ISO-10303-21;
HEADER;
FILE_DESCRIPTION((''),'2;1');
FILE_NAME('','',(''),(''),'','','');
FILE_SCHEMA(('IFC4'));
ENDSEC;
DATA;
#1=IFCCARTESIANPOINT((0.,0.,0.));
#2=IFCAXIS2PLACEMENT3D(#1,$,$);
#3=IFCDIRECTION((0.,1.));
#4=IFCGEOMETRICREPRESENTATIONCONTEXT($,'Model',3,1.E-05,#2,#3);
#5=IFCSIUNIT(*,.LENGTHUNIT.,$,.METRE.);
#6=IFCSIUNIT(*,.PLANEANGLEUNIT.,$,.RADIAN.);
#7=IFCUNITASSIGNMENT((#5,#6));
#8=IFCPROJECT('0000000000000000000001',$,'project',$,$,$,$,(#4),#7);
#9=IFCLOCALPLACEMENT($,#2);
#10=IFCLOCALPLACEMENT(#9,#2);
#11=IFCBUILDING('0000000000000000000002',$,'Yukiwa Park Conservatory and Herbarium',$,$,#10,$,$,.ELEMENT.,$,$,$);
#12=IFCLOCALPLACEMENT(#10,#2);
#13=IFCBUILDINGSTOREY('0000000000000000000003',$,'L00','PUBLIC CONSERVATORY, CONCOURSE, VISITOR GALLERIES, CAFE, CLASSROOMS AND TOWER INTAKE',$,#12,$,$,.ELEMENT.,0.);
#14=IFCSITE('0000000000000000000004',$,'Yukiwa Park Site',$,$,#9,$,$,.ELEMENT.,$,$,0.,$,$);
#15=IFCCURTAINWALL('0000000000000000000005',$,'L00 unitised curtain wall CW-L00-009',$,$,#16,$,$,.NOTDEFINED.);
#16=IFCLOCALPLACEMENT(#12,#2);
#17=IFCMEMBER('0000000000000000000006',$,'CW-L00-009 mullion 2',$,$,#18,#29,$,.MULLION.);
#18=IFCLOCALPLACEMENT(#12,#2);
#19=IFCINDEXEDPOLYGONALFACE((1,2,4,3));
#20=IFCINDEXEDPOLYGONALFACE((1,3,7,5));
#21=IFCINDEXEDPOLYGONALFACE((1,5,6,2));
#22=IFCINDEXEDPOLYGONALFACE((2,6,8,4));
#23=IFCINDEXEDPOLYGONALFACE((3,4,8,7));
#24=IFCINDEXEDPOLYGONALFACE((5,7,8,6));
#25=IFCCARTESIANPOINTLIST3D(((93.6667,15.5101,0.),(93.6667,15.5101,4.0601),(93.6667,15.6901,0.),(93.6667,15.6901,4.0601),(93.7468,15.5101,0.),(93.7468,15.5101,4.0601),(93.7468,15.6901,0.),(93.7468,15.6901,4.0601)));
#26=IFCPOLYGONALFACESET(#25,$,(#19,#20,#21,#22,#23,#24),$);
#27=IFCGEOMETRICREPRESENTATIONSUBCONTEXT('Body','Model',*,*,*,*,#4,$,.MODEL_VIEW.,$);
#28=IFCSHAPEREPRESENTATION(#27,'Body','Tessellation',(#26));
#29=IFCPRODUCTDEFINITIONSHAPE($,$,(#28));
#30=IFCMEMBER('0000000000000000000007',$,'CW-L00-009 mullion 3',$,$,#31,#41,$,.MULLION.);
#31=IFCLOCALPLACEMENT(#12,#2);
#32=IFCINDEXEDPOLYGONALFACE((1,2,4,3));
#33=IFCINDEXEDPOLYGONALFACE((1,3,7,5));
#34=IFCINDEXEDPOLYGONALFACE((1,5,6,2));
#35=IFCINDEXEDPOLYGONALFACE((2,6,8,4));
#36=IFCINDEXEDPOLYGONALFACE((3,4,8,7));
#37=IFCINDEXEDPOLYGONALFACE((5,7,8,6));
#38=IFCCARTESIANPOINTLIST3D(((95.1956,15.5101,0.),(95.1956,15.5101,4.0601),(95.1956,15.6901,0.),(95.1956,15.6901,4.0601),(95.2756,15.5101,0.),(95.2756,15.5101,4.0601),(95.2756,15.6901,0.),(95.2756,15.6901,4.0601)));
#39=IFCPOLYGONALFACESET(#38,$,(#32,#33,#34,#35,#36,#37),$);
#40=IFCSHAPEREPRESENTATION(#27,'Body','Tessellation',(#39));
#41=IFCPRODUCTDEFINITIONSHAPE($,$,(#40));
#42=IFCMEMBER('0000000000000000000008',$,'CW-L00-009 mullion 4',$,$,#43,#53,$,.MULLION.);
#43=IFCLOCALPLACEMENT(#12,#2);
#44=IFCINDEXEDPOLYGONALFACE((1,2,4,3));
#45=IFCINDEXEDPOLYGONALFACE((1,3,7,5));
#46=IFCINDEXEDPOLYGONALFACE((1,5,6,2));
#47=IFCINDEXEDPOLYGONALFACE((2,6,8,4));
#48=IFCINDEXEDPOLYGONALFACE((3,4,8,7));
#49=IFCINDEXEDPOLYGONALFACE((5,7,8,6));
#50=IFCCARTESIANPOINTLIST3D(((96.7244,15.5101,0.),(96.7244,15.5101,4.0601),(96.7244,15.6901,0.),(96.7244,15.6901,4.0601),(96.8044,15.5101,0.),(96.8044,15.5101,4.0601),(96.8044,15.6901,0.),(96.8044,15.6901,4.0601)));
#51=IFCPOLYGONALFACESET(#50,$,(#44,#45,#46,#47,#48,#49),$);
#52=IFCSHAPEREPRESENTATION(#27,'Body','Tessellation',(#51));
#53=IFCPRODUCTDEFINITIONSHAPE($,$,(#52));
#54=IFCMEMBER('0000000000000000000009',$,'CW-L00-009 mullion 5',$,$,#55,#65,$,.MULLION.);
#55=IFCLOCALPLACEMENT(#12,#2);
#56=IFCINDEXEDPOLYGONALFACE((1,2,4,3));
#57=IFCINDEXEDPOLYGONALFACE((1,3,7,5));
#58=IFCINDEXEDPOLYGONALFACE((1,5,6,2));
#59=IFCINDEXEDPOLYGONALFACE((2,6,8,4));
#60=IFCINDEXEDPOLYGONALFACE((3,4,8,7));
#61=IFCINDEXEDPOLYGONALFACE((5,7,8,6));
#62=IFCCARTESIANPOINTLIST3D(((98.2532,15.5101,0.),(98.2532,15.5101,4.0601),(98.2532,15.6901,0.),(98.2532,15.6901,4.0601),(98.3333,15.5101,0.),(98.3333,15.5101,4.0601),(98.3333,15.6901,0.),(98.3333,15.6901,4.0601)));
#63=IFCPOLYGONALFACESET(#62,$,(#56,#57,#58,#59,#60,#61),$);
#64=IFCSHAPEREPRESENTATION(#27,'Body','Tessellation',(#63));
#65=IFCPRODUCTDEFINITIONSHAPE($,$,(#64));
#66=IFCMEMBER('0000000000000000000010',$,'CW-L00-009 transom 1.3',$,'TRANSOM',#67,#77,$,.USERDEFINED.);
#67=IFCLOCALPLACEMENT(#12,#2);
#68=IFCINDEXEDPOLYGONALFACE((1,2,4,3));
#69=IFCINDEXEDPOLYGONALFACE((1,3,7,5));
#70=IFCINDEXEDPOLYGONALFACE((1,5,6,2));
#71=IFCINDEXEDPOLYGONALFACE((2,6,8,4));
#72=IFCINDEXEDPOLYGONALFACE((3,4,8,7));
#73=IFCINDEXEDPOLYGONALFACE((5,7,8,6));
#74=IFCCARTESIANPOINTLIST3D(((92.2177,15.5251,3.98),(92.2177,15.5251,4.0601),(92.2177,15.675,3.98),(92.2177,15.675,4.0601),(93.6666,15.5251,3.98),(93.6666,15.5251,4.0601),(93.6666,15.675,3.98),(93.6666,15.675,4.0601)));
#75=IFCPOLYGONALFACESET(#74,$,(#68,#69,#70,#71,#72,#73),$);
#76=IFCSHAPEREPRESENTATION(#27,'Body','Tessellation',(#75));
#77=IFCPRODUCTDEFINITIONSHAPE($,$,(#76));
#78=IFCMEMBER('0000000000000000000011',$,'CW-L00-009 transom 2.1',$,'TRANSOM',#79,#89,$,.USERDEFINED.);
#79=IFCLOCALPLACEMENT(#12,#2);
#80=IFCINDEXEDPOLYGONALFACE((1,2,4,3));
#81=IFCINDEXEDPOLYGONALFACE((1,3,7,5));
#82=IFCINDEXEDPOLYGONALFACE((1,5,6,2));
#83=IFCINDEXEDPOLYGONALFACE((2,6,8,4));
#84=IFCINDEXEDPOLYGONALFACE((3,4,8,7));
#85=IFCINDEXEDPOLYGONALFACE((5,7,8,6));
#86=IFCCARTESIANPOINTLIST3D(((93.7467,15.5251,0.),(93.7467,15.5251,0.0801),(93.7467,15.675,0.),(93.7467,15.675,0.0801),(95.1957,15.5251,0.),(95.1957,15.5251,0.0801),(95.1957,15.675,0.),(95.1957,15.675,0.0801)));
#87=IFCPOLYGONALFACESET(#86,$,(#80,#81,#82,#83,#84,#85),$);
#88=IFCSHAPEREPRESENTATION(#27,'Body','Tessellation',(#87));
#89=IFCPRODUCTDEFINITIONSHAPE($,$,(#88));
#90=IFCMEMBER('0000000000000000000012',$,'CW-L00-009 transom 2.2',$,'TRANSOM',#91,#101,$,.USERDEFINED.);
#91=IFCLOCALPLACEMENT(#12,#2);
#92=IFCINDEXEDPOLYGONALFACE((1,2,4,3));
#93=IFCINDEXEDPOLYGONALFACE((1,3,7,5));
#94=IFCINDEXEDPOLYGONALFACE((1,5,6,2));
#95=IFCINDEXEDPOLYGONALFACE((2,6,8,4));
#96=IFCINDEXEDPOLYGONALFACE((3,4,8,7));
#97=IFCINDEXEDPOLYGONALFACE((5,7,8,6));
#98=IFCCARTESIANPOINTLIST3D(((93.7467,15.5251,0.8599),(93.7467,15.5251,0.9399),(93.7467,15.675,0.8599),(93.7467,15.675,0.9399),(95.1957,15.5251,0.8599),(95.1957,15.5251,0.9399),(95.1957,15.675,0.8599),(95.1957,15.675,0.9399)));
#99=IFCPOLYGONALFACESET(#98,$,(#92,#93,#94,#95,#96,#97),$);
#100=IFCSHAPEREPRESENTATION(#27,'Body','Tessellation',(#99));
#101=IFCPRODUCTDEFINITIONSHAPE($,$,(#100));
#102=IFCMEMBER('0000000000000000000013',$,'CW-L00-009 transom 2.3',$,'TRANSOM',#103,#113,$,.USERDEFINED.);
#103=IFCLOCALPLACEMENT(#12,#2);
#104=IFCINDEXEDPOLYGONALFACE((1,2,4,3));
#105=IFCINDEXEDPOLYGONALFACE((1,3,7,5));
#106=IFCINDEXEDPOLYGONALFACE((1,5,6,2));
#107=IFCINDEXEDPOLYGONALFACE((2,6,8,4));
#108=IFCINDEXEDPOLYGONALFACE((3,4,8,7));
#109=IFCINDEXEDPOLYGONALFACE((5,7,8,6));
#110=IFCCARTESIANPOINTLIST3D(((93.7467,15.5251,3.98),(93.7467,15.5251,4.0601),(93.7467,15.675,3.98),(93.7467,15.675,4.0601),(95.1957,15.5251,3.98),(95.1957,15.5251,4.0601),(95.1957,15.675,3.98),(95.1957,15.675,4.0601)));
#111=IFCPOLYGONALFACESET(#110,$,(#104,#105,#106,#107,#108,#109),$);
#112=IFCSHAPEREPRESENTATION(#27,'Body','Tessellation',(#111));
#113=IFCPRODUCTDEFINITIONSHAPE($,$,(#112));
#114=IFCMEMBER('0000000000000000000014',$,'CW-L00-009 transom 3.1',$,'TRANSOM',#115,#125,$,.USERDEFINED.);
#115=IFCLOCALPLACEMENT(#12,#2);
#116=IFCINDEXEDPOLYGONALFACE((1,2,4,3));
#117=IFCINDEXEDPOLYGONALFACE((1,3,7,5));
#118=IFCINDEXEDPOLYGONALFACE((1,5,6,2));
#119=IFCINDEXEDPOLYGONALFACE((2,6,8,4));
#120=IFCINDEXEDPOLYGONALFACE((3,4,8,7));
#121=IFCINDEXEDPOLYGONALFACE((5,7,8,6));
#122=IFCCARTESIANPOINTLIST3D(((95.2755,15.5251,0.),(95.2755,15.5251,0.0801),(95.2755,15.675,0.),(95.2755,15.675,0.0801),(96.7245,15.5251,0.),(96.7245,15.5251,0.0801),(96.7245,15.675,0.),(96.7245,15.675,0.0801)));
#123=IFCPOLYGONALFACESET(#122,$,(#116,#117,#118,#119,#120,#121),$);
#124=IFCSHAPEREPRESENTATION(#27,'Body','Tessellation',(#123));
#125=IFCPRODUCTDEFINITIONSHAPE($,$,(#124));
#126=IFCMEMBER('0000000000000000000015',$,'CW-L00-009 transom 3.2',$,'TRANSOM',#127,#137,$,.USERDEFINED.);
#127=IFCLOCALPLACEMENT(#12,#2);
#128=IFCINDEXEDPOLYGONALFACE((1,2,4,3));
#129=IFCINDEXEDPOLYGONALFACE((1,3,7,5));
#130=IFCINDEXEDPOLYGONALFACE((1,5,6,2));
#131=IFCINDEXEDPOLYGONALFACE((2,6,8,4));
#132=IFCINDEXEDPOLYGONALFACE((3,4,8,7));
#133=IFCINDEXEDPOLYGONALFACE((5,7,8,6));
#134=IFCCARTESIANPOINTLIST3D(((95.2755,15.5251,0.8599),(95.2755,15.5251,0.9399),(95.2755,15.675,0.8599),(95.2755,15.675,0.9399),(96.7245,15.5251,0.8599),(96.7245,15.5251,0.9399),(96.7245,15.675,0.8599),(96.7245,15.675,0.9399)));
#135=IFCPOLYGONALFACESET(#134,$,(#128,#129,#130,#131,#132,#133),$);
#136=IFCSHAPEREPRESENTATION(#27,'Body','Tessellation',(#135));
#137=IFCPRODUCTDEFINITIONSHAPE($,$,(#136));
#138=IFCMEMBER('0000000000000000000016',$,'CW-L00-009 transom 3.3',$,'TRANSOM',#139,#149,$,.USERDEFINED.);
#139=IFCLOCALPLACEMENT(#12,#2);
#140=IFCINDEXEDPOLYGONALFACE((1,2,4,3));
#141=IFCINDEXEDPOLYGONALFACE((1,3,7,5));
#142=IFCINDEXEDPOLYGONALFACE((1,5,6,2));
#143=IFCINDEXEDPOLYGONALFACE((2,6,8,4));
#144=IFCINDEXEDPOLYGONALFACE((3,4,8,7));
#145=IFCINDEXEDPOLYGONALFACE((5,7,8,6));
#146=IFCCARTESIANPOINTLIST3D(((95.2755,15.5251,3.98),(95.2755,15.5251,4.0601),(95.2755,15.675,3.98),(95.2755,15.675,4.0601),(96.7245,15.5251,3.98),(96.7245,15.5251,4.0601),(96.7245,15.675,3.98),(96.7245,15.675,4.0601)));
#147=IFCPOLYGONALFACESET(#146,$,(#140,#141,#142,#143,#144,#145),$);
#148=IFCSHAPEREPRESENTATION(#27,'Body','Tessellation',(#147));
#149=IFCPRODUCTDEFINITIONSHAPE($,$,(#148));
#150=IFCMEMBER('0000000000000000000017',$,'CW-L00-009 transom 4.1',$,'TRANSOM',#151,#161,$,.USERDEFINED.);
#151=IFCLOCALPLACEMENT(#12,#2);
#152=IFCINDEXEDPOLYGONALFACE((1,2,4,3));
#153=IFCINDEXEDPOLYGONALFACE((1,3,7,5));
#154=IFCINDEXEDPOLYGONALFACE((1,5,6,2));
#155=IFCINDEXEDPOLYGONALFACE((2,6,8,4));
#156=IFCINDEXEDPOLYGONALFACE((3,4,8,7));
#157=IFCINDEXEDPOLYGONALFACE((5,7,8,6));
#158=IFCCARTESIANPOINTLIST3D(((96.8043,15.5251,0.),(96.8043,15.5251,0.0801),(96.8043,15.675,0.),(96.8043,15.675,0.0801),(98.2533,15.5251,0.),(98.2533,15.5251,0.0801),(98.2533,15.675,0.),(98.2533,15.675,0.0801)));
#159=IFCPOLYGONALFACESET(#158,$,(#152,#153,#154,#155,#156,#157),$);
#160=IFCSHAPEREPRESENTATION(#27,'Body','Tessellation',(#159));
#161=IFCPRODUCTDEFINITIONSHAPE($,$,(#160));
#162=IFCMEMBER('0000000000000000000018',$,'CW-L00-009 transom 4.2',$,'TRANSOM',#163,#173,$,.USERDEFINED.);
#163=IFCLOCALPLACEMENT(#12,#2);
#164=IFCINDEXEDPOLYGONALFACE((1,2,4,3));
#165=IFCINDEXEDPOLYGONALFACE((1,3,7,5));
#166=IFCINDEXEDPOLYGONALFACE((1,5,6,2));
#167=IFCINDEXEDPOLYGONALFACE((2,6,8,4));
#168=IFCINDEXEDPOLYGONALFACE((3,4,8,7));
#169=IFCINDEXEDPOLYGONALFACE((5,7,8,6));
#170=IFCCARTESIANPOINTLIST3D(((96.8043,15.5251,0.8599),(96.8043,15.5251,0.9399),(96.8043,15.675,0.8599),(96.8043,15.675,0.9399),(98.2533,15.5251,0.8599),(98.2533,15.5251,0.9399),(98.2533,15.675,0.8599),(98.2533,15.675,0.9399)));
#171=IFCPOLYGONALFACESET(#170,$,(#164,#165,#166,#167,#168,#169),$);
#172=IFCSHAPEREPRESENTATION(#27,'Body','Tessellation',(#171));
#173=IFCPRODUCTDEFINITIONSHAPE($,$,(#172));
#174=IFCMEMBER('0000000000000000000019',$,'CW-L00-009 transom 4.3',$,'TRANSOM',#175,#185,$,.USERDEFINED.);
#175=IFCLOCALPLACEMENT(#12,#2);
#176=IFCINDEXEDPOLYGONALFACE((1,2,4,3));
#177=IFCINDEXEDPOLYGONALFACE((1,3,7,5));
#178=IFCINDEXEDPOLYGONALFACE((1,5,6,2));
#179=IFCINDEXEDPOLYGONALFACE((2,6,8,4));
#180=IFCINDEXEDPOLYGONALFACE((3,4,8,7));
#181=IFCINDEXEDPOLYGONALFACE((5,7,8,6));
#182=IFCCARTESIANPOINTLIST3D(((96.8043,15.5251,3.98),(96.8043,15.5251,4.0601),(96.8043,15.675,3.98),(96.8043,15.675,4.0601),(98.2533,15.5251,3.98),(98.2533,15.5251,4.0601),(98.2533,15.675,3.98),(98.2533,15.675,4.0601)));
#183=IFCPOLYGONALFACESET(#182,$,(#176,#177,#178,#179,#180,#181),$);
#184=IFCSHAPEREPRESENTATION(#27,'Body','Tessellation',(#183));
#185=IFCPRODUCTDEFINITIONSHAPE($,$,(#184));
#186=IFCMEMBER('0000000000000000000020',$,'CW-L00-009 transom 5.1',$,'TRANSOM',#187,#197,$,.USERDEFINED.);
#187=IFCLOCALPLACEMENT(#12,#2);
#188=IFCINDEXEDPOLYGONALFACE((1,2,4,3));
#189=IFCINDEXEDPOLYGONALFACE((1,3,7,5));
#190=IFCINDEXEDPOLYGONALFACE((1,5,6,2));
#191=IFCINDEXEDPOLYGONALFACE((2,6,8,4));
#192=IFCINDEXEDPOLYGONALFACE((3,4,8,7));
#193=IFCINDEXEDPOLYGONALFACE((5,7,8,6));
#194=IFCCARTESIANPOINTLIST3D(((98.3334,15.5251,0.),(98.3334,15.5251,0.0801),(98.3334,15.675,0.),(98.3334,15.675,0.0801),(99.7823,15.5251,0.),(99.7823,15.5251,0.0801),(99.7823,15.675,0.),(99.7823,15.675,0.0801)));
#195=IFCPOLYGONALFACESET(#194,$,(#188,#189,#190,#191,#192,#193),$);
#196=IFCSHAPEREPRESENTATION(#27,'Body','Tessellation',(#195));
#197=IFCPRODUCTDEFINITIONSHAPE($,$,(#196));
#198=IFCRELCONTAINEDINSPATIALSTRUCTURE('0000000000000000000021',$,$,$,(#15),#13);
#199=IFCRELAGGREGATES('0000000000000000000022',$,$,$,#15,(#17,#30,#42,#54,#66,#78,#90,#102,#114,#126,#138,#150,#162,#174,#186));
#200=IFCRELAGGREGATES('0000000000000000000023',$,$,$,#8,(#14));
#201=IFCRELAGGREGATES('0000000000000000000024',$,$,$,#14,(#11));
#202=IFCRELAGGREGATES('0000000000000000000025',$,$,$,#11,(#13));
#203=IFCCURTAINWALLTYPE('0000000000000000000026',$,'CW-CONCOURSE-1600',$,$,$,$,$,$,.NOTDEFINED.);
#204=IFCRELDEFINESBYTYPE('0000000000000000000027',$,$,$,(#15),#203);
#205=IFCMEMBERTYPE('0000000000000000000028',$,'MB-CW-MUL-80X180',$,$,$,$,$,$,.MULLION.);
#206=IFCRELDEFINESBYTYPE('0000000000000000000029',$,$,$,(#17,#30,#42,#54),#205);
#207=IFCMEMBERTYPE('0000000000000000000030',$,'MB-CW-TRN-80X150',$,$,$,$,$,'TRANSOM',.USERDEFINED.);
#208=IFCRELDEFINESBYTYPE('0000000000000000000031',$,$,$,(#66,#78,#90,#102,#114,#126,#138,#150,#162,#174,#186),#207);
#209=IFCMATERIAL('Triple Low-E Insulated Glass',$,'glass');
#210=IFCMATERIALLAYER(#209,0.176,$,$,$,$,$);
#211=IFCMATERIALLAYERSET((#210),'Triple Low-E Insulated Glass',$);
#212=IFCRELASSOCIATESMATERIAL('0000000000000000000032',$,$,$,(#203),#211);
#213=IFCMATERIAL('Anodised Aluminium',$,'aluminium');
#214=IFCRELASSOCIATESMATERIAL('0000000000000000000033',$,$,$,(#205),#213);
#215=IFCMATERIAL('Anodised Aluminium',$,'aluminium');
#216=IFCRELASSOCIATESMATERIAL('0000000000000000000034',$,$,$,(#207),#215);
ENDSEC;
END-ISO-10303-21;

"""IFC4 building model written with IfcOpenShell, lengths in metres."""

from ifc_helpers import new_model, si_unit, direction, frame, origin, origin_2d, place, context, subcontext, project, spatial, rectangle, extrude, material, layer, layer_set, type_object, element, aggregate, save


model = new_model("IFC4")

# Units and contexts
model_context = context("Model", 3, precision=1e-05, world=origin(), true_north=direction((0.0, 1.0)))
body_context = subcontext(model_context, "Body", "Model", "MODEL_VIEW")
ifc_project = project(units=[si_unit("LENGTHUNIT", "METRE"), si_unit("PLANEANGLEUNIT", "RADIAN")], contexts=[model_context])

# Site, building, storey
site_placement = place(None, origin())
site = spatial("IfcSite", under=ifc_project, at=site_placement, Name="Yukiwa Park Site", CompositionType="ELEMENT", RefElevation=0.0)
building_placement = place(site_placement, origin())
building = spatial("IfcBuilding", under=site, at=building_placement, Name="Yukiwa Park Conservatory and Herbarium", CompositionType="ELEMENT")
storey_placement = place(building_placement, origin())
storey = spatial("IfcBuildingStorey", under=building, at=storey_placement, Name="L00", Description="PUBLIC CONSERVATORY, CONCOURSE, VISITOR GALLERIES, CAFE, CLASSROOMS AND TOWER INTAKE", CompositionType="ELEMENT", Elevation=0.0)

# Curtain wall, members
ifc_material_1 = material(Name="Triple Low-E Insulated Glass", Category="glass")
ifc_layer_1 = layer(ifc_material_1, 0.176)
ifc_layer_set_1 = layer_set([ifc_layer_1], Name="Triple Low-E Insulated Glass")
curtain_wall_type = type_object("IfcCurtainWallType", Name="CW-CONCOURSE-1600", PredefinedType="NOTDEFINED", material=ifc_layer_set_1)
curtain_wall_placement = place(storey_placement, origin())
curtain_wall = element("IfcCurtainWall", 1, at=curtain_wall_placement, inside=storey, type_object=curtain_wall_type, Name="L00 unitised curtain wall CW-L00-009", PredefinedType="NOTDEFINED")
ifc_material_2 = material(Name="Anodised Aluminium", Category="aluminium")
member_type_1 = type_object("IfcMemberType", Name="MB-CW-MUL-80X180", PredefinedType="MULLION", material=ifc_material_2)
member_1_placement = place(storey_placement, frame((93.7068, 15.6001, 0.0), z_axis=(0.0, 0.0, 1.0), x_axis=(1.0, 0.0, 0.0)))
member_1 = element("IfcMember", 2, at=member_1_placement, type_object=member_type_1, Name="CW-L00-009 mullion 2", PredefinedType="MULLION", context=body_context, shape_type="SweptSolid", body=[
    extrude(rectangle(XDim=0.0801, YDim=0.1799, at=origin_2d()), origin(), (0.0, 0.0, 1.0), 4.0601),
])
member_2_placement = place(storey_placement, frame((95.2356, 15.6001, 0.0), z_axis=(0.0, 0.0, 1.0), x_axis=(1.0, 0.0, 0.0)))
member_2 = element("IfcMember", 3, at=member_2_placement, type_object=member_type_1, Name="CW-L00-009 mullion 3", PredefinedType="MULLION", context=body_context, shape_type="SweptSolid", body=[
    extrude(rectangle(XDim=0.0801, YDim=0.1799, at=origin_2d()), origin(), (0.0, 0.0, 1.0), 4.0601),
])
member_3_placement = place(storey_placement, frame((96.7644, 15.6001, 0.0), z_axis=(0.0, 0.0, 1.0), x_axis=(1.0, 0.0, 0.0)))
member_3 = element("IfcMember", 4, at=member_3_placement, type_object=member_type_1, Name="CW-L00-009 mullion 4", PredefinedType="MULLION", context=body_context, shape_type="SweptSolid", body=[
    extrude(rectangle(XDim=0.0801, YDim=0.1799, at=origin_2d()), origin(), (0.0, 0.0, 1.0), 4.0601),
])
member_4_placement = place(storey_placement, frame((98.2932, 15.6001, 0.0), z_axis=(0.0, 0.0, 1.0), x_axis=(1.0, 0.0, 0.0)))
member_4 = element("IfcMember", 5, at=member_4_placement, type_object=member_type_1, Name="CW-L00-009 mullion 5", PredefinedType="MULLION", context=body_context, shape_type="SweptSolid", body=[
    extrude(rectangle(XDim=0.0801, YDim=0.1799, at=origin_2d()), origin(), (0.0, 0.0, 1.0), 4.0601),
])
ifc_material_3 = material(Name="Anodised Aluminium", Category="aluminium")
member_type_2 = type_object("IfcMemberType", Name="MB-CW-TRN-80X150", ElementType="TRANSOM", PredefinedType="USERDEFINED", material=ifc_material_3)
member_5_placement = place(storey_placement, frame((92.9421, 15.6001, 3.98), z_axis=(0.0, 0.0, 1.0), x_axis=(1.0, 0.0, 0.0)))
member_5 = element("IfcMember", 6, at=member_5_placement, type_object=member_type_2, Name="CW-L00-009 transom 1.3", ObjectType="TRANSOM", PredefinedType="USERDEFINED", context=body_context, shape_type="SweptSolid", body=[
    extrude(rectangle(XDim=1.449, YDim=0.1499, at=origin_2d()), origin(), (0.0, 0.0, 1.0), 0.0801),
])
member_6_placement = place(storey_placement, frame((94.4712, 15.6001, 0.0), z_axis=(0.0, 0.0, 1.0), x_axis=(1.0, 0.0, 0.0)))
member_6 = element("IfcMember", 7, at=member_6_placement, type_object=member_type_2, Name="CW-L00-009 transom 2.1", ObjectType="TRANSOM", PredefinedType="USERDEFINED", context=body_context, shape_type="SweptSolid", body=[
    extrude(rectangle(XDim=1.449, YDim=0.1499, at=origin_2d()), origin(), (0.0, 0.0, 1.0), 0.0801),
])
member_7_placement = place(storey_placement, frame((94.4712, 15.6001, 0.8599), z_axis=(0.0, 0.0, 1.0), x_axis=(1.0, 0.0, 0.0)))
member_7 = element("IfcMember", 8, at=member_7_placement, type_object=member_type_2, Name="CW-L00-009 transom 2.2", ObjectType="TRANSOM", PredefinedType="USERDEFINED", context=body_context, shape_type="SweptSolid", body=[
    extrude(rectangle(XDim=1.449, YDim=0.1499, at=origin_2d()), origin(), (0.0, 0.0, 1.0), 0.0801),
])
member_8_placement = place(storey_placement, frame((94.4712, 15.6001, 3.98), z_axis=(0.0, 0.0, 1.0), x_axis=(1.0, 0.0, 0.0)))
member_8 = element("IfcMember", 9, at=member_8_placement, type_object=member_type_2, Name="CW-L00-009 transom 2.3", ObjectType="TRANSOM", PredefinedType="USERDEFINED", context=body_context, shape_type="SweptSolid", body=[
    extrude(rectangle(XDim=1.449, YDim=0.1499, at=origin_2d()), origin(), (0.0, 0.0, 1.0), 0.0801),
])
member_9_placement = place(storey_placement, frame((96.0, 15.6001, 0.0), z_axis=(0.0, 0.0, 1.0), x_axis=(1.0, 0.0, 0.0)))
member_9 = element("IfcMember", 10, at=member_9_placement, type_object=member_type_2, Name="CW-L00-009 transom 3.1", ObjectType="TRANSOM", PredefinedType="USERDEFINED", context=body_context, shape_type="SweptSolid", body=[
    extrude(rectangle(XDim=1.449, YDim=0.1499, at=origin_2d()), origin(), (0.0, 0.0, 1.0), 0.0801),
])
member_10_placement = place(storey_placement, frame((96.0, 15.6001, 0.8599), z_axis=(0.0, 0.0, 1.0), x_axis=(1.0, 0.0, 0.0)))
member_10 = element("IfcMember", 11, at=member_10_placement, type_object=member_type_2, Name="CW-L00-009 transom 3.2", ObjectType="TRANSOM", PredefinedType="USERDEFINED", context=body_context, shape_type="SweptSolid", body=[
    extrude(rectangle(XDim=1.449, YDim=0.1499, at=origin_2d()), origin(), (0.0, 0.0, 1.0), 0.0801),
])
member_11_placement = place(storey_placement, frame((96.0, 15.6001, 3.98), z_axis=(0.0, 0.0, 1.0), x_axis=(1.0, 0.0, 0.0)))
member_11 = element("IfcMember", 12, at=member_11_placement, type_object=member_type_2, Name="CW-L00-009 transom 3.3", ObjectType="TRANSOM", PredefinedType="USERDEFINED", context=body_context, shape_type="SweptSolid", body=[
    extrude(rectangle(XDim=1.449, YDim=0.1499, at=origin_2d()), origin(), (0.0, 0.0, 1.0), 0.0801),
])
member_12_placement = place(storey_placement, frame((97.5288, 15.6001, 0.0), z_axis=(0.0, 0.0, 1.0), x_axis=(1.0, 0.0, 0.0)))
member_12 = element("IfcMember", 13, at=member_12_placement, type_object=member_type_2, Name="CW-L00-009 transom 4.1", ObjectType="TRANSOM", PredefinedType="USERDEFINED", context=body_context, shape_type="SweptSolid", body=[
    extrude(rectangle(XDim=1.449, YDim=0.1499, at=origin_2d()), origin(), (0.0, 0.0, 1.0), 0.0801),
])
member_13_placement = place(storey_placement, frame((97.5288, 15.6001, 0.8599), z_axis=(0.0, 0.0, 1.0), x_axis=(1.0, 0.0, 0.0)))
member_13 = element("IfcMember", 14, at=member_13_placement, type_object=member_type_2, Name="CW-L00-009 transom 4.2", ObjectType="TRANSOM", PredefinedType="USERDEFINED", context=body_context, shape_type="SweptSolid", body=[
    extrude(rectangle(XDim=1.449, YDim=0.1499, at=origin_2d()), origin(), (0.0, 0.0, 1.0), 0.0801),
])
member_14_placement = place(storey_placement, frame((97.5288, 15.6001, 3.98), z_axis=(0.0, 0.0, 1.0), x_axis=(1.0, 0.0, 0.0)))
member_14 = element("IfcMember", 15, at=member_14_placement, type_object=member_type_2, Name="CW-L00-009 transom 4.3", ObjectType="TRANSOM", PredefinedType="USERDEFINED", context=body_context, shape_type="SweptSolid", body=[
    extrude(rectangle(XDim=1.449, YDim=0.1499, at=origin_2d()), origin(), (0.0, 0.0, 1.0), 0.0801),
])
member_15_placement = place(storey_placement, frame((99.0579, 15.6001, 0.0), z_axis=(0.0, 0.0, 1.0), x_axis=(1.0, 0.0, 0.0)))
member_15 = element("IfcMember", 16, at=member_15_placement, type_object=member_type_2, Name="CW-L00-009 transom 5.1", ObjectType="TRANSOM", PredefinedType="USERDEFINED", context=body_context, shape_type="SweptSolid", body=[
    extrude(rectangle(XDim=1.449, YDim=0.1499, at=origin_2d()), origin(), (0.0, 0.0, 1.0), 0.0801),
])
aggregate(curtain_wall, [member_1, member_2, member_3, member_4, member_5, member_6, member_7, member_8, member_9, member_10, member_11, member_12, member_13, member_14, member_15])

save(model, "model.ifc")
